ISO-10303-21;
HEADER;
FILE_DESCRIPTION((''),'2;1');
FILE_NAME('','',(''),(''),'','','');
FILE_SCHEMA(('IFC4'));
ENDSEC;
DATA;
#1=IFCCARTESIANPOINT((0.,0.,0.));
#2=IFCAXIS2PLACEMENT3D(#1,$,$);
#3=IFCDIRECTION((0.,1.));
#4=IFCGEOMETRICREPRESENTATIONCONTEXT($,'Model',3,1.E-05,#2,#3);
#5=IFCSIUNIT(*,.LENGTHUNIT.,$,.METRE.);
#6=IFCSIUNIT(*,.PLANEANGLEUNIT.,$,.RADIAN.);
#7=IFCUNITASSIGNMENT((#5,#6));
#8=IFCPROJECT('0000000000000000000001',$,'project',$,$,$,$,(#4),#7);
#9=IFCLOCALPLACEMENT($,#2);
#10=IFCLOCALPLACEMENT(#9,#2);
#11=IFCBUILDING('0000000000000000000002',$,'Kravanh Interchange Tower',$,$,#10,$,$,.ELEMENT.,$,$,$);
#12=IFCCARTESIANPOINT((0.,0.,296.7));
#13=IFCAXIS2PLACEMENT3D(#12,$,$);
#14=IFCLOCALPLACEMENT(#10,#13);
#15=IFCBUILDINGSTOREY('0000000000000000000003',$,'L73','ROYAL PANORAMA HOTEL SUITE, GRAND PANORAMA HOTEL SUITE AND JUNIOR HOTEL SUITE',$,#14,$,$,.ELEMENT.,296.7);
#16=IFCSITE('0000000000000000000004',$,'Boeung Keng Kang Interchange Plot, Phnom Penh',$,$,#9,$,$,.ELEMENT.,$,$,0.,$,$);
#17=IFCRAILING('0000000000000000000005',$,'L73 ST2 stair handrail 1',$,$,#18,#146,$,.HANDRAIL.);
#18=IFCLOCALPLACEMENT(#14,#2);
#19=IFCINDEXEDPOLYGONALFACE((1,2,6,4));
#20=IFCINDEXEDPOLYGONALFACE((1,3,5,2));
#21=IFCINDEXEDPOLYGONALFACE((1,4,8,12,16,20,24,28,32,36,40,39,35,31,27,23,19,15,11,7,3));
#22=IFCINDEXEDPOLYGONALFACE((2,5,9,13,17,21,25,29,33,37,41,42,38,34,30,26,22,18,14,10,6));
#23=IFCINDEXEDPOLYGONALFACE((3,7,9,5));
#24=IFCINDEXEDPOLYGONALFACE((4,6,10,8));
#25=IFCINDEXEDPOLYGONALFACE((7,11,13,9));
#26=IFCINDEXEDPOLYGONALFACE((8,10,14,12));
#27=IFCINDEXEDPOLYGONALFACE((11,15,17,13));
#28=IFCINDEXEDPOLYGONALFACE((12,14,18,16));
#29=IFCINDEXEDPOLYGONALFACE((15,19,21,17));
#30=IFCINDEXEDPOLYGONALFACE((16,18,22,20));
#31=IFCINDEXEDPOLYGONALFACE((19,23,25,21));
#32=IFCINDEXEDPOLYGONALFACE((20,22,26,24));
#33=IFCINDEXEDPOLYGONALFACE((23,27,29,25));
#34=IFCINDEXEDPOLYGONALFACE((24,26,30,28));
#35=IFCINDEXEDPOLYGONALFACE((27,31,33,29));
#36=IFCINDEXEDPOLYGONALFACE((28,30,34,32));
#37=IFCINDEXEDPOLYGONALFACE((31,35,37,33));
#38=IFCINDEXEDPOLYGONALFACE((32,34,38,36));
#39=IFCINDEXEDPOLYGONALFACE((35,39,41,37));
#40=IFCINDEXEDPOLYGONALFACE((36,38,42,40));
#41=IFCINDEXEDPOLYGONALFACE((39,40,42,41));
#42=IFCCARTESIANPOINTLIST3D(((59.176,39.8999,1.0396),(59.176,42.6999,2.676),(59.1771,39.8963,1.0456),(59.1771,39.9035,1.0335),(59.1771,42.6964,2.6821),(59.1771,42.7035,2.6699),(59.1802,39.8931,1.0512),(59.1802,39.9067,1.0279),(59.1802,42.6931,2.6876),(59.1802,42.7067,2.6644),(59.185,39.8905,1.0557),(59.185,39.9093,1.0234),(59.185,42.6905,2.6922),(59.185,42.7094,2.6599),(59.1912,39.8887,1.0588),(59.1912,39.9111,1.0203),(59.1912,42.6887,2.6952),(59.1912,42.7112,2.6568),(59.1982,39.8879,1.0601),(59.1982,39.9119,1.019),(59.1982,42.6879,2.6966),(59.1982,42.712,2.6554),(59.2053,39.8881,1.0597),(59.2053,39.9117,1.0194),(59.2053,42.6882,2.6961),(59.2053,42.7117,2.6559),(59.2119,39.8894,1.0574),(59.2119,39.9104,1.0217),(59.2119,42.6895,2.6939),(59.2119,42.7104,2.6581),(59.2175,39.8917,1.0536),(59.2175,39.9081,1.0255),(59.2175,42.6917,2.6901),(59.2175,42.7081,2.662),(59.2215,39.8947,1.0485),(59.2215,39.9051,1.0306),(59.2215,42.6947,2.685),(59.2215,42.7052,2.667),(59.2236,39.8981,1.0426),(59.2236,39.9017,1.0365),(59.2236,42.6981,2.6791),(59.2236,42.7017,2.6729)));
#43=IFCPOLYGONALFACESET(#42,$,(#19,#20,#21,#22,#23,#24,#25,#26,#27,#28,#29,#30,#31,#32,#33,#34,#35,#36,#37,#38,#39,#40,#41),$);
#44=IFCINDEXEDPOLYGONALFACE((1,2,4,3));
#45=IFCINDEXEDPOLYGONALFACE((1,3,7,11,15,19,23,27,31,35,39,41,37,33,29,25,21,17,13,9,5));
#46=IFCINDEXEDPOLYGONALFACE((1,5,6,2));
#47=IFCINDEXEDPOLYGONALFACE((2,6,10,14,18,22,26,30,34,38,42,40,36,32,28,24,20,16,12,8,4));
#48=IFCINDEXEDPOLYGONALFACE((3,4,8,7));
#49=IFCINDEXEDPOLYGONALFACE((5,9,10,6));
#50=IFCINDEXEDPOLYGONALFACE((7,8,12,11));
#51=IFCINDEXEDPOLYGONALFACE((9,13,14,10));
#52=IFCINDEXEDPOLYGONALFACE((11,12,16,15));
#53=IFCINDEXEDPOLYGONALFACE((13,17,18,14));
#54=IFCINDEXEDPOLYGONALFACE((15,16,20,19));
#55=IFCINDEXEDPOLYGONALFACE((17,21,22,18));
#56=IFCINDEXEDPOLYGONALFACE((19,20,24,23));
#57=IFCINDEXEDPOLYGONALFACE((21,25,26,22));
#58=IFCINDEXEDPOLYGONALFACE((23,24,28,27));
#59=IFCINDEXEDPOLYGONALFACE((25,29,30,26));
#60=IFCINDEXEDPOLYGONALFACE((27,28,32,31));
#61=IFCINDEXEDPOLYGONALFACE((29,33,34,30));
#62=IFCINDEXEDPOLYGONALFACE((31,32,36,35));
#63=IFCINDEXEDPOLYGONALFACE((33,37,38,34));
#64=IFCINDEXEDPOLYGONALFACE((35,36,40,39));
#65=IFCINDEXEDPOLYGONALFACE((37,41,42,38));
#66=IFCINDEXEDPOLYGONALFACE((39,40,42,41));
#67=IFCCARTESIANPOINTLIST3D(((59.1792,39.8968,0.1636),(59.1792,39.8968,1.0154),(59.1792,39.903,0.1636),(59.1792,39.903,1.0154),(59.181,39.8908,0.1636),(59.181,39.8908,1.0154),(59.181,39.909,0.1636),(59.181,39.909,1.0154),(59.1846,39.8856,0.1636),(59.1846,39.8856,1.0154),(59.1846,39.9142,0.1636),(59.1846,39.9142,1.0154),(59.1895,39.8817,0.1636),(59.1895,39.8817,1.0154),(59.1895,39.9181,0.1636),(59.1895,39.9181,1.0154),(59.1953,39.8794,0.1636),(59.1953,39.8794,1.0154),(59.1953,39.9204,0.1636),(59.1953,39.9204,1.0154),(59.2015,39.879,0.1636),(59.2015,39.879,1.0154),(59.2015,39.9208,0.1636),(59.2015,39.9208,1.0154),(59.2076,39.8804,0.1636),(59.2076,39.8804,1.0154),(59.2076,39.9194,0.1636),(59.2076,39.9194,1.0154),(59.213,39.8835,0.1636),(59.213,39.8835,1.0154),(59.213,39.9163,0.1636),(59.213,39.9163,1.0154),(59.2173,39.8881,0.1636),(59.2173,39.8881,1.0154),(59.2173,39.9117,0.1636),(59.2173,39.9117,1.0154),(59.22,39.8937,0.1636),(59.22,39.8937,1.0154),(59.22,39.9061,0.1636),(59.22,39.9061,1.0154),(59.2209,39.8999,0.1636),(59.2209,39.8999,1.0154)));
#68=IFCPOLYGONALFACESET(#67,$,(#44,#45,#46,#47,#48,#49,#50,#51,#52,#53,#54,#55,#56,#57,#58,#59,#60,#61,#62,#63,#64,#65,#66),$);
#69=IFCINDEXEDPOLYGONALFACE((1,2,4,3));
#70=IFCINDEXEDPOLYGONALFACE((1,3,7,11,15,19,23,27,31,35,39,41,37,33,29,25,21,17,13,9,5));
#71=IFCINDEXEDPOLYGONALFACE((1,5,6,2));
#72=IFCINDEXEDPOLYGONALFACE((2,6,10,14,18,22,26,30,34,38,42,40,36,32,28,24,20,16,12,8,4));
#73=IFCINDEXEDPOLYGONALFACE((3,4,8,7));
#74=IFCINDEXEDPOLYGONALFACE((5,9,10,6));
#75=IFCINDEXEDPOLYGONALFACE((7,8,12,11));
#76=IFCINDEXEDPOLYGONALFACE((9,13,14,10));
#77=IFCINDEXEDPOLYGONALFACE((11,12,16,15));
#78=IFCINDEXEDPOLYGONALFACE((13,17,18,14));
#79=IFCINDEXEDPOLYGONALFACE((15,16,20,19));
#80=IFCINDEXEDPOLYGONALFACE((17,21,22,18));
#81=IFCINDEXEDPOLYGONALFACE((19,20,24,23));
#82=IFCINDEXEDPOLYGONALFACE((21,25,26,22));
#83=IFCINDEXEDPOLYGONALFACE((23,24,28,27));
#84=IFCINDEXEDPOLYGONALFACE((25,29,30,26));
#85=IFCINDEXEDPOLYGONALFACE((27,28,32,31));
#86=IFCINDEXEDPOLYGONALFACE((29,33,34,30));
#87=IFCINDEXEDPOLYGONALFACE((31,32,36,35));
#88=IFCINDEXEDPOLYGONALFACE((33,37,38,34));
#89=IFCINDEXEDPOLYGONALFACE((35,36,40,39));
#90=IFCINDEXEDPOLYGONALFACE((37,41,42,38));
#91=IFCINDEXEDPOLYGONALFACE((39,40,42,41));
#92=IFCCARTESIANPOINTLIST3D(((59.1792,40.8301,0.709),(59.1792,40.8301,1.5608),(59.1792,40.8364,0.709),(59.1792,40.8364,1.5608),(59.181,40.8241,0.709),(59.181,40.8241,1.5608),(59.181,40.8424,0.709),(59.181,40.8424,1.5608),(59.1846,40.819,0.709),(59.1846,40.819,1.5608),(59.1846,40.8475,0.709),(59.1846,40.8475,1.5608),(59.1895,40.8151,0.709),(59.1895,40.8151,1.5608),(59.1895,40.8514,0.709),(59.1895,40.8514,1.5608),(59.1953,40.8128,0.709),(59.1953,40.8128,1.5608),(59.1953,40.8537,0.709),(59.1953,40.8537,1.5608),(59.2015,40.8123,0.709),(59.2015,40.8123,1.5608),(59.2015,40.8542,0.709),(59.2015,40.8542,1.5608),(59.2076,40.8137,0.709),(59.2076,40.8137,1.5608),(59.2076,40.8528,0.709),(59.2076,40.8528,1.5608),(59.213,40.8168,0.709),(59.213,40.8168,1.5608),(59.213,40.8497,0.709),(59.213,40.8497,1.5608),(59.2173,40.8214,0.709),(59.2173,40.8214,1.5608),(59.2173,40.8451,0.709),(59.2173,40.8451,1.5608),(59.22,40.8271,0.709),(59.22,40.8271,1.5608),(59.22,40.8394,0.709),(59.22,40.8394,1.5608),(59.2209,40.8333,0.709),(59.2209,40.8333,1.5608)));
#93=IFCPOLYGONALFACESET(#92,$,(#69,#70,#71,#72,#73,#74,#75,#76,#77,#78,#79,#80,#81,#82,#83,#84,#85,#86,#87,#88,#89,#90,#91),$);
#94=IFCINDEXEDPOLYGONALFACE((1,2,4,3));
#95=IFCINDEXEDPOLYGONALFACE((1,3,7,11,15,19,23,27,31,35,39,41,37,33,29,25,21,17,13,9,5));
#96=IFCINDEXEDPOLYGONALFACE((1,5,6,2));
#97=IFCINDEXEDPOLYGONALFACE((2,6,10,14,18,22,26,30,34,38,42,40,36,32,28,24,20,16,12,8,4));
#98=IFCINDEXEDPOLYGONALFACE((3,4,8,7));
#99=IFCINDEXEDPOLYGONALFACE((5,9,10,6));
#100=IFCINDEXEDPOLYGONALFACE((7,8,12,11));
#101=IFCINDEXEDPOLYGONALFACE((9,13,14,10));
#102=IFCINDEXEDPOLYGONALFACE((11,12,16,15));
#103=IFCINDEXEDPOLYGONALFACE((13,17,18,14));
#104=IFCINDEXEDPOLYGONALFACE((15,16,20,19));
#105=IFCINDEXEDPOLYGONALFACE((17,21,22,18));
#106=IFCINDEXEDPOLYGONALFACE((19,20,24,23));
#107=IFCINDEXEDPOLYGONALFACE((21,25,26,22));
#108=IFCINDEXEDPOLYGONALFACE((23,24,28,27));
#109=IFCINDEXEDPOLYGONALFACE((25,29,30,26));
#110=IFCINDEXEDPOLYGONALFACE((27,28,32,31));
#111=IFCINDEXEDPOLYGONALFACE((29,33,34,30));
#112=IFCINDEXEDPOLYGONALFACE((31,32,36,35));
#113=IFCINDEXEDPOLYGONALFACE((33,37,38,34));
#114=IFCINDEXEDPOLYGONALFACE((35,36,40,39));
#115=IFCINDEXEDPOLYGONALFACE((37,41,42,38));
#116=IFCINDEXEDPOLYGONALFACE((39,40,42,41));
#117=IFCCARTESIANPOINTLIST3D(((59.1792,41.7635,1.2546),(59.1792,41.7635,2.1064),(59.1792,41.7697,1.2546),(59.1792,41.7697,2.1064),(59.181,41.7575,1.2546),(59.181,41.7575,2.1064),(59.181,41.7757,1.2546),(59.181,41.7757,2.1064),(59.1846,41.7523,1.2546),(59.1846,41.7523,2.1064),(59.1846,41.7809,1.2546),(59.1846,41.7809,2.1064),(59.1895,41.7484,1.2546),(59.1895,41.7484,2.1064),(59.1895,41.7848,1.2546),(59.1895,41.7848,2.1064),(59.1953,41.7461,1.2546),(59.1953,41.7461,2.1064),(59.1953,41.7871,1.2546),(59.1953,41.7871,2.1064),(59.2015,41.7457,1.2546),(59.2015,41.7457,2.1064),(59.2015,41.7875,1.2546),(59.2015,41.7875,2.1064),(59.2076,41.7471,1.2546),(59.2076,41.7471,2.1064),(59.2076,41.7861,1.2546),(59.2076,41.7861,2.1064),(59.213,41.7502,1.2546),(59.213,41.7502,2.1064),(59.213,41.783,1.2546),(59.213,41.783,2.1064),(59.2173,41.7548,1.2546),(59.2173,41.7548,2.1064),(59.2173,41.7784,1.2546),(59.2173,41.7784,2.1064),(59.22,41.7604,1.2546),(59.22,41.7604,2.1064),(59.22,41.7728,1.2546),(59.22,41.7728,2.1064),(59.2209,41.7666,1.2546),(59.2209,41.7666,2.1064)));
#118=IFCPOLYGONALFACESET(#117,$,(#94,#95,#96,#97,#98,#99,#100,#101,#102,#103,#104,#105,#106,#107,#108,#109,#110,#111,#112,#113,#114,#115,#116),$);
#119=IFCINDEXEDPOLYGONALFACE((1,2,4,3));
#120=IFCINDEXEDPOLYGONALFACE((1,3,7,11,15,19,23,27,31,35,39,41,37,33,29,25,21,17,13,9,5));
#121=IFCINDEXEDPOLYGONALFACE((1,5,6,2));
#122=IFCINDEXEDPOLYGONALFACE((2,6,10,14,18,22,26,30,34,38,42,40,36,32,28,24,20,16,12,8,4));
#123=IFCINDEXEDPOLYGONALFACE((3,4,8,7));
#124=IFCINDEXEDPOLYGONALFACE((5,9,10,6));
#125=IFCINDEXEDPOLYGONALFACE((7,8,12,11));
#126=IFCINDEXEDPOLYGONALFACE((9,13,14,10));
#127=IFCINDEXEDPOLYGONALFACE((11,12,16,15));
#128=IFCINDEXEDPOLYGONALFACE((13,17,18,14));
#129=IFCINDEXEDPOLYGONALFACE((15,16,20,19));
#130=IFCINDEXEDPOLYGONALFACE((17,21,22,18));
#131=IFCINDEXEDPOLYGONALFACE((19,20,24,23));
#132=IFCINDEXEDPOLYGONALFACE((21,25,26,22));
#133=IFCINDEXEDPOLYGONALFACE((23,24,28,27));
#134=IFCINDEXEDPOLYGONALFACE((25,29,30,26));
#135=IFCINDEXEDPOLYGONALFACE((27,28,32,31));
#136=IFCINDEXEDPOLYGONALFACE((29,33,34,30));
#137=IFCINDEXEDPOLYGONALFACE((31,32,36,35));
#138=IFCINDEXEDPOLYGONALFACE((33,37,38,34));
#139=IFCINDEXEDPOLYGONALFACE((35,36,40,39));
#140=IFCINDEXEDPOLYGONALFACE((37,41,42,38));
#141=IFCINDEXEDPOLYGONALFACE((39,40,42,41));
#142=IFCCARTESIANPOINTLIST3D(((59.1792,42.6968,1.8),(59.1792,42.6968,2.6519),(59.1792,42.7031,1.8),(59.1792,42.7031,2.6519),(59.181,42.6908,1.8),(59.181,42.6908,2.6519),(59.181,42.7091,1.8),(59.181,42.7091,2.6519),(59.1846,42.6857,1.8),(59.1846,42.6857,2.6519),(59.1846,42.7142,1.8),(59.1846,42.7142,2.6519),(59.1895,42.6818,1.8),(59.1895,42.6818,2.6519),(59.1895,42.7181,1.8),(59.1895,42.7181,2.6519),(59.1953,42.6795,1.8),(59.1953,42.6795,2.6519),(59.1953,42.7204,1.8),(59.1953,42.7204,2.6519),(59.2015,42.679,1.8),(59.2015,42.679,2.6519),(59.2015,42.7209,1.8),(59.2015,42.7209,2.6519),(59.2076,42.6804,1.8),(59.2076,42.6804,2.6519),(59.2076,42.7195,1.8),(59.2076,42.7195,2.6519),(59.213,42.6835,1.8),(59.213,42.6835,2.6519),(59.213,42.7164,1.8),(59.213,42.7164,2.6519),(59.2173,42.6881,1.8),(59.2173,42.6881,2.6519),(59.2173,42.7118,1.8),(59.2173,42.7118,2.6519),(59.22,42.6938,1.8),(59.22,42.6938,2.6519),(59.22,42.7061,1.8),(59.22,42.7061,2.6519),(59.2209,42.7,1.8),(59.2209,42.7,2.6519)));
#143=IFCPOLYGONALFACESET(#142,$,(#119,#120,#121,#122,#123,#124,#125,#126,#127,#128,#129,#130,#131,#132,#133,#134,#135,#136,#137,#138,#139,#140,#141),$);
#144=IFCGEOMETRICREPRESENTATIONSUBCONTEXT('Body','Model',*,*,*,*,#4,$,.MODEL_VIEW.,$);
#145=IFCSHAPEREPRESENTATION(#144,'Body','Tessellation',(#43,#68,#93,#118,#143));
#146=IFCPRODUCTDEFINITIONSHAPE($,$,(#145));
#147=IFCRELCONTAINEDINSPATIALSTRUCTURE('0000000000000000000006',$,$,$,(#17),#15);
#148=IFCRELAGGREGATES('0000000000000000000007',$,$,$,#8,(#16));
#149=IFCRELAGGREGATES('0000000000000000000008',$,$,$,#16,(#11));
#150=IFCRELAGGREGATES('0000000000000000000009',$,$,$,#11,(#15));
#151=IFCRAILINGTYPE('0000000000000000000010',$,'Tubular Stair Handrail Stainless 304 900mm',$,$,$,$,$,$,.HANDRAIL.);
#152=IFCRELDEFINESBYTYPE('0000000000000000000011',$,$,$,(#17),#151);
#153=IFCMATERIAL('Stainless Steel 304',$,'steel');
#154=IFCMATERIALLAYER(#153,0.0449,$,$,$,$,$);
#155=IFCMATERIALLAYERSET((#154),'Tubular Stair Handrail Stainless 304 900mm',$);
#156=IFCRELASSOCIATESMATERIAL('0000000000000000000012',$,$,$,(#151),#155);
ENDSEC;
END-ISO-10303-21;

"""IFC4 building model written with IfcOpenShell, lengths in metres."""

from ifc_helpers import new_model, si_unit, direction, frame, origin, origin_2d, place, context, subcontext, project, spatial, circle, extrude, material, layer, layer_set, type_object, element, save


model = new_model("IFC4")

# Units and contexts
model_context = context("Model", 3, precision=1e-05, world=origin(), true_north=direction((0.0, 1.0)))
body_context = subcontext(model_context, "Body", "Model", "MODEL_VIEW")
ifc_project = project(units=[si_unit("LENGTHUNIT", "METRE"), si_unit("PLANEANGLEUNIT", "RADIAN")], contexts=[model_context])

# Site, building, storey
site_placement = place(None, origin())
site = spatial("IfcSite", under=ifc_project, at=site_placement, Name="Boeung Keng Kang Interchange Plot, Phnom Penh", CompositionType="ELEMENT", RefElevation=0.0)
building_placement = place(site_placement, origin())
building = spatial("IfcBuilding", under=site, at=building_placement, Name="Kravanh Interchange Tower", CompositionType="ELEMENT")
storey_placement = place(building_placement, frame((0.0, 0.0, 296.7)))
storey = spatial("IfcBuildingStorey", under=building, at=storey_placement, Name="L73", Description="ROYAL PANORAMA HOTEL SUITE, GRAND PANORAMA HOTEL SUITE AND JUNIOR HOTEL SUITE", CompositionType="ELEMENT", Elevation=296.7)

# Railing
ifc_material_1 = material(Name="Stainless Steel 304", Category="steel")
ifc_layer_1 = layer(ifc_material_1, 0.0449)
ifc_layer_set_1 = layer_set([ifc_layer_1], Name="Tubular Stair Handrail Stainless 304 900mm")
railing_type_1 = type_object("IfcRailingType", Name="Tubular Stair Handrail Stainless 304 900mm", PredefinedType="HANDRAIL", material=ifc_layer_set_1)
railing_1_placement = place(storey_placement, frame((59.2, 39.8999, 0.1636)))
element("IfcRailing", 1, at=railing_1_placement, inside=storey, type_object=railing_type_1, Name="L73 ST2 stair handrail 1", PredefinedType="HANDRAIL", context=body_context, shape_type="SweptSolid", body=[
    extrude(circle(Radius=0.0239, at=origin_2d()), frame((0.0, 0.0, 0.876), z_axis=(0.0, 0.863361, 0.504587), x_axis=(-1.0, 0.0, 0.0)), (0.0, 0.0, 1.0), 3.2432),
    extrude(circle(Radius=0.021, at=origin_2d()), origin(), (0.0, 0.0, 1.0), 0.8518),
    extrude(circle(Radius=0.021, at=origin_2d()), frame((0.0, 0.9333, 0.5454)), (0.0, 0.0, 1.0), 0.8518),
    extrude(circle(Radius=0.021, at=origin_2d()), frame((0.0, 1.8667, 1.0911)), (0.0, 0.0, 1.0), 0.8518),
    extrude(circle(Radius=0.021, at=origin_2d()), frame((0.0, 2.8, 1.6365)), (0.0, 0.0, 1.0), 0.8518),
])

save(model, "model.ifc")
